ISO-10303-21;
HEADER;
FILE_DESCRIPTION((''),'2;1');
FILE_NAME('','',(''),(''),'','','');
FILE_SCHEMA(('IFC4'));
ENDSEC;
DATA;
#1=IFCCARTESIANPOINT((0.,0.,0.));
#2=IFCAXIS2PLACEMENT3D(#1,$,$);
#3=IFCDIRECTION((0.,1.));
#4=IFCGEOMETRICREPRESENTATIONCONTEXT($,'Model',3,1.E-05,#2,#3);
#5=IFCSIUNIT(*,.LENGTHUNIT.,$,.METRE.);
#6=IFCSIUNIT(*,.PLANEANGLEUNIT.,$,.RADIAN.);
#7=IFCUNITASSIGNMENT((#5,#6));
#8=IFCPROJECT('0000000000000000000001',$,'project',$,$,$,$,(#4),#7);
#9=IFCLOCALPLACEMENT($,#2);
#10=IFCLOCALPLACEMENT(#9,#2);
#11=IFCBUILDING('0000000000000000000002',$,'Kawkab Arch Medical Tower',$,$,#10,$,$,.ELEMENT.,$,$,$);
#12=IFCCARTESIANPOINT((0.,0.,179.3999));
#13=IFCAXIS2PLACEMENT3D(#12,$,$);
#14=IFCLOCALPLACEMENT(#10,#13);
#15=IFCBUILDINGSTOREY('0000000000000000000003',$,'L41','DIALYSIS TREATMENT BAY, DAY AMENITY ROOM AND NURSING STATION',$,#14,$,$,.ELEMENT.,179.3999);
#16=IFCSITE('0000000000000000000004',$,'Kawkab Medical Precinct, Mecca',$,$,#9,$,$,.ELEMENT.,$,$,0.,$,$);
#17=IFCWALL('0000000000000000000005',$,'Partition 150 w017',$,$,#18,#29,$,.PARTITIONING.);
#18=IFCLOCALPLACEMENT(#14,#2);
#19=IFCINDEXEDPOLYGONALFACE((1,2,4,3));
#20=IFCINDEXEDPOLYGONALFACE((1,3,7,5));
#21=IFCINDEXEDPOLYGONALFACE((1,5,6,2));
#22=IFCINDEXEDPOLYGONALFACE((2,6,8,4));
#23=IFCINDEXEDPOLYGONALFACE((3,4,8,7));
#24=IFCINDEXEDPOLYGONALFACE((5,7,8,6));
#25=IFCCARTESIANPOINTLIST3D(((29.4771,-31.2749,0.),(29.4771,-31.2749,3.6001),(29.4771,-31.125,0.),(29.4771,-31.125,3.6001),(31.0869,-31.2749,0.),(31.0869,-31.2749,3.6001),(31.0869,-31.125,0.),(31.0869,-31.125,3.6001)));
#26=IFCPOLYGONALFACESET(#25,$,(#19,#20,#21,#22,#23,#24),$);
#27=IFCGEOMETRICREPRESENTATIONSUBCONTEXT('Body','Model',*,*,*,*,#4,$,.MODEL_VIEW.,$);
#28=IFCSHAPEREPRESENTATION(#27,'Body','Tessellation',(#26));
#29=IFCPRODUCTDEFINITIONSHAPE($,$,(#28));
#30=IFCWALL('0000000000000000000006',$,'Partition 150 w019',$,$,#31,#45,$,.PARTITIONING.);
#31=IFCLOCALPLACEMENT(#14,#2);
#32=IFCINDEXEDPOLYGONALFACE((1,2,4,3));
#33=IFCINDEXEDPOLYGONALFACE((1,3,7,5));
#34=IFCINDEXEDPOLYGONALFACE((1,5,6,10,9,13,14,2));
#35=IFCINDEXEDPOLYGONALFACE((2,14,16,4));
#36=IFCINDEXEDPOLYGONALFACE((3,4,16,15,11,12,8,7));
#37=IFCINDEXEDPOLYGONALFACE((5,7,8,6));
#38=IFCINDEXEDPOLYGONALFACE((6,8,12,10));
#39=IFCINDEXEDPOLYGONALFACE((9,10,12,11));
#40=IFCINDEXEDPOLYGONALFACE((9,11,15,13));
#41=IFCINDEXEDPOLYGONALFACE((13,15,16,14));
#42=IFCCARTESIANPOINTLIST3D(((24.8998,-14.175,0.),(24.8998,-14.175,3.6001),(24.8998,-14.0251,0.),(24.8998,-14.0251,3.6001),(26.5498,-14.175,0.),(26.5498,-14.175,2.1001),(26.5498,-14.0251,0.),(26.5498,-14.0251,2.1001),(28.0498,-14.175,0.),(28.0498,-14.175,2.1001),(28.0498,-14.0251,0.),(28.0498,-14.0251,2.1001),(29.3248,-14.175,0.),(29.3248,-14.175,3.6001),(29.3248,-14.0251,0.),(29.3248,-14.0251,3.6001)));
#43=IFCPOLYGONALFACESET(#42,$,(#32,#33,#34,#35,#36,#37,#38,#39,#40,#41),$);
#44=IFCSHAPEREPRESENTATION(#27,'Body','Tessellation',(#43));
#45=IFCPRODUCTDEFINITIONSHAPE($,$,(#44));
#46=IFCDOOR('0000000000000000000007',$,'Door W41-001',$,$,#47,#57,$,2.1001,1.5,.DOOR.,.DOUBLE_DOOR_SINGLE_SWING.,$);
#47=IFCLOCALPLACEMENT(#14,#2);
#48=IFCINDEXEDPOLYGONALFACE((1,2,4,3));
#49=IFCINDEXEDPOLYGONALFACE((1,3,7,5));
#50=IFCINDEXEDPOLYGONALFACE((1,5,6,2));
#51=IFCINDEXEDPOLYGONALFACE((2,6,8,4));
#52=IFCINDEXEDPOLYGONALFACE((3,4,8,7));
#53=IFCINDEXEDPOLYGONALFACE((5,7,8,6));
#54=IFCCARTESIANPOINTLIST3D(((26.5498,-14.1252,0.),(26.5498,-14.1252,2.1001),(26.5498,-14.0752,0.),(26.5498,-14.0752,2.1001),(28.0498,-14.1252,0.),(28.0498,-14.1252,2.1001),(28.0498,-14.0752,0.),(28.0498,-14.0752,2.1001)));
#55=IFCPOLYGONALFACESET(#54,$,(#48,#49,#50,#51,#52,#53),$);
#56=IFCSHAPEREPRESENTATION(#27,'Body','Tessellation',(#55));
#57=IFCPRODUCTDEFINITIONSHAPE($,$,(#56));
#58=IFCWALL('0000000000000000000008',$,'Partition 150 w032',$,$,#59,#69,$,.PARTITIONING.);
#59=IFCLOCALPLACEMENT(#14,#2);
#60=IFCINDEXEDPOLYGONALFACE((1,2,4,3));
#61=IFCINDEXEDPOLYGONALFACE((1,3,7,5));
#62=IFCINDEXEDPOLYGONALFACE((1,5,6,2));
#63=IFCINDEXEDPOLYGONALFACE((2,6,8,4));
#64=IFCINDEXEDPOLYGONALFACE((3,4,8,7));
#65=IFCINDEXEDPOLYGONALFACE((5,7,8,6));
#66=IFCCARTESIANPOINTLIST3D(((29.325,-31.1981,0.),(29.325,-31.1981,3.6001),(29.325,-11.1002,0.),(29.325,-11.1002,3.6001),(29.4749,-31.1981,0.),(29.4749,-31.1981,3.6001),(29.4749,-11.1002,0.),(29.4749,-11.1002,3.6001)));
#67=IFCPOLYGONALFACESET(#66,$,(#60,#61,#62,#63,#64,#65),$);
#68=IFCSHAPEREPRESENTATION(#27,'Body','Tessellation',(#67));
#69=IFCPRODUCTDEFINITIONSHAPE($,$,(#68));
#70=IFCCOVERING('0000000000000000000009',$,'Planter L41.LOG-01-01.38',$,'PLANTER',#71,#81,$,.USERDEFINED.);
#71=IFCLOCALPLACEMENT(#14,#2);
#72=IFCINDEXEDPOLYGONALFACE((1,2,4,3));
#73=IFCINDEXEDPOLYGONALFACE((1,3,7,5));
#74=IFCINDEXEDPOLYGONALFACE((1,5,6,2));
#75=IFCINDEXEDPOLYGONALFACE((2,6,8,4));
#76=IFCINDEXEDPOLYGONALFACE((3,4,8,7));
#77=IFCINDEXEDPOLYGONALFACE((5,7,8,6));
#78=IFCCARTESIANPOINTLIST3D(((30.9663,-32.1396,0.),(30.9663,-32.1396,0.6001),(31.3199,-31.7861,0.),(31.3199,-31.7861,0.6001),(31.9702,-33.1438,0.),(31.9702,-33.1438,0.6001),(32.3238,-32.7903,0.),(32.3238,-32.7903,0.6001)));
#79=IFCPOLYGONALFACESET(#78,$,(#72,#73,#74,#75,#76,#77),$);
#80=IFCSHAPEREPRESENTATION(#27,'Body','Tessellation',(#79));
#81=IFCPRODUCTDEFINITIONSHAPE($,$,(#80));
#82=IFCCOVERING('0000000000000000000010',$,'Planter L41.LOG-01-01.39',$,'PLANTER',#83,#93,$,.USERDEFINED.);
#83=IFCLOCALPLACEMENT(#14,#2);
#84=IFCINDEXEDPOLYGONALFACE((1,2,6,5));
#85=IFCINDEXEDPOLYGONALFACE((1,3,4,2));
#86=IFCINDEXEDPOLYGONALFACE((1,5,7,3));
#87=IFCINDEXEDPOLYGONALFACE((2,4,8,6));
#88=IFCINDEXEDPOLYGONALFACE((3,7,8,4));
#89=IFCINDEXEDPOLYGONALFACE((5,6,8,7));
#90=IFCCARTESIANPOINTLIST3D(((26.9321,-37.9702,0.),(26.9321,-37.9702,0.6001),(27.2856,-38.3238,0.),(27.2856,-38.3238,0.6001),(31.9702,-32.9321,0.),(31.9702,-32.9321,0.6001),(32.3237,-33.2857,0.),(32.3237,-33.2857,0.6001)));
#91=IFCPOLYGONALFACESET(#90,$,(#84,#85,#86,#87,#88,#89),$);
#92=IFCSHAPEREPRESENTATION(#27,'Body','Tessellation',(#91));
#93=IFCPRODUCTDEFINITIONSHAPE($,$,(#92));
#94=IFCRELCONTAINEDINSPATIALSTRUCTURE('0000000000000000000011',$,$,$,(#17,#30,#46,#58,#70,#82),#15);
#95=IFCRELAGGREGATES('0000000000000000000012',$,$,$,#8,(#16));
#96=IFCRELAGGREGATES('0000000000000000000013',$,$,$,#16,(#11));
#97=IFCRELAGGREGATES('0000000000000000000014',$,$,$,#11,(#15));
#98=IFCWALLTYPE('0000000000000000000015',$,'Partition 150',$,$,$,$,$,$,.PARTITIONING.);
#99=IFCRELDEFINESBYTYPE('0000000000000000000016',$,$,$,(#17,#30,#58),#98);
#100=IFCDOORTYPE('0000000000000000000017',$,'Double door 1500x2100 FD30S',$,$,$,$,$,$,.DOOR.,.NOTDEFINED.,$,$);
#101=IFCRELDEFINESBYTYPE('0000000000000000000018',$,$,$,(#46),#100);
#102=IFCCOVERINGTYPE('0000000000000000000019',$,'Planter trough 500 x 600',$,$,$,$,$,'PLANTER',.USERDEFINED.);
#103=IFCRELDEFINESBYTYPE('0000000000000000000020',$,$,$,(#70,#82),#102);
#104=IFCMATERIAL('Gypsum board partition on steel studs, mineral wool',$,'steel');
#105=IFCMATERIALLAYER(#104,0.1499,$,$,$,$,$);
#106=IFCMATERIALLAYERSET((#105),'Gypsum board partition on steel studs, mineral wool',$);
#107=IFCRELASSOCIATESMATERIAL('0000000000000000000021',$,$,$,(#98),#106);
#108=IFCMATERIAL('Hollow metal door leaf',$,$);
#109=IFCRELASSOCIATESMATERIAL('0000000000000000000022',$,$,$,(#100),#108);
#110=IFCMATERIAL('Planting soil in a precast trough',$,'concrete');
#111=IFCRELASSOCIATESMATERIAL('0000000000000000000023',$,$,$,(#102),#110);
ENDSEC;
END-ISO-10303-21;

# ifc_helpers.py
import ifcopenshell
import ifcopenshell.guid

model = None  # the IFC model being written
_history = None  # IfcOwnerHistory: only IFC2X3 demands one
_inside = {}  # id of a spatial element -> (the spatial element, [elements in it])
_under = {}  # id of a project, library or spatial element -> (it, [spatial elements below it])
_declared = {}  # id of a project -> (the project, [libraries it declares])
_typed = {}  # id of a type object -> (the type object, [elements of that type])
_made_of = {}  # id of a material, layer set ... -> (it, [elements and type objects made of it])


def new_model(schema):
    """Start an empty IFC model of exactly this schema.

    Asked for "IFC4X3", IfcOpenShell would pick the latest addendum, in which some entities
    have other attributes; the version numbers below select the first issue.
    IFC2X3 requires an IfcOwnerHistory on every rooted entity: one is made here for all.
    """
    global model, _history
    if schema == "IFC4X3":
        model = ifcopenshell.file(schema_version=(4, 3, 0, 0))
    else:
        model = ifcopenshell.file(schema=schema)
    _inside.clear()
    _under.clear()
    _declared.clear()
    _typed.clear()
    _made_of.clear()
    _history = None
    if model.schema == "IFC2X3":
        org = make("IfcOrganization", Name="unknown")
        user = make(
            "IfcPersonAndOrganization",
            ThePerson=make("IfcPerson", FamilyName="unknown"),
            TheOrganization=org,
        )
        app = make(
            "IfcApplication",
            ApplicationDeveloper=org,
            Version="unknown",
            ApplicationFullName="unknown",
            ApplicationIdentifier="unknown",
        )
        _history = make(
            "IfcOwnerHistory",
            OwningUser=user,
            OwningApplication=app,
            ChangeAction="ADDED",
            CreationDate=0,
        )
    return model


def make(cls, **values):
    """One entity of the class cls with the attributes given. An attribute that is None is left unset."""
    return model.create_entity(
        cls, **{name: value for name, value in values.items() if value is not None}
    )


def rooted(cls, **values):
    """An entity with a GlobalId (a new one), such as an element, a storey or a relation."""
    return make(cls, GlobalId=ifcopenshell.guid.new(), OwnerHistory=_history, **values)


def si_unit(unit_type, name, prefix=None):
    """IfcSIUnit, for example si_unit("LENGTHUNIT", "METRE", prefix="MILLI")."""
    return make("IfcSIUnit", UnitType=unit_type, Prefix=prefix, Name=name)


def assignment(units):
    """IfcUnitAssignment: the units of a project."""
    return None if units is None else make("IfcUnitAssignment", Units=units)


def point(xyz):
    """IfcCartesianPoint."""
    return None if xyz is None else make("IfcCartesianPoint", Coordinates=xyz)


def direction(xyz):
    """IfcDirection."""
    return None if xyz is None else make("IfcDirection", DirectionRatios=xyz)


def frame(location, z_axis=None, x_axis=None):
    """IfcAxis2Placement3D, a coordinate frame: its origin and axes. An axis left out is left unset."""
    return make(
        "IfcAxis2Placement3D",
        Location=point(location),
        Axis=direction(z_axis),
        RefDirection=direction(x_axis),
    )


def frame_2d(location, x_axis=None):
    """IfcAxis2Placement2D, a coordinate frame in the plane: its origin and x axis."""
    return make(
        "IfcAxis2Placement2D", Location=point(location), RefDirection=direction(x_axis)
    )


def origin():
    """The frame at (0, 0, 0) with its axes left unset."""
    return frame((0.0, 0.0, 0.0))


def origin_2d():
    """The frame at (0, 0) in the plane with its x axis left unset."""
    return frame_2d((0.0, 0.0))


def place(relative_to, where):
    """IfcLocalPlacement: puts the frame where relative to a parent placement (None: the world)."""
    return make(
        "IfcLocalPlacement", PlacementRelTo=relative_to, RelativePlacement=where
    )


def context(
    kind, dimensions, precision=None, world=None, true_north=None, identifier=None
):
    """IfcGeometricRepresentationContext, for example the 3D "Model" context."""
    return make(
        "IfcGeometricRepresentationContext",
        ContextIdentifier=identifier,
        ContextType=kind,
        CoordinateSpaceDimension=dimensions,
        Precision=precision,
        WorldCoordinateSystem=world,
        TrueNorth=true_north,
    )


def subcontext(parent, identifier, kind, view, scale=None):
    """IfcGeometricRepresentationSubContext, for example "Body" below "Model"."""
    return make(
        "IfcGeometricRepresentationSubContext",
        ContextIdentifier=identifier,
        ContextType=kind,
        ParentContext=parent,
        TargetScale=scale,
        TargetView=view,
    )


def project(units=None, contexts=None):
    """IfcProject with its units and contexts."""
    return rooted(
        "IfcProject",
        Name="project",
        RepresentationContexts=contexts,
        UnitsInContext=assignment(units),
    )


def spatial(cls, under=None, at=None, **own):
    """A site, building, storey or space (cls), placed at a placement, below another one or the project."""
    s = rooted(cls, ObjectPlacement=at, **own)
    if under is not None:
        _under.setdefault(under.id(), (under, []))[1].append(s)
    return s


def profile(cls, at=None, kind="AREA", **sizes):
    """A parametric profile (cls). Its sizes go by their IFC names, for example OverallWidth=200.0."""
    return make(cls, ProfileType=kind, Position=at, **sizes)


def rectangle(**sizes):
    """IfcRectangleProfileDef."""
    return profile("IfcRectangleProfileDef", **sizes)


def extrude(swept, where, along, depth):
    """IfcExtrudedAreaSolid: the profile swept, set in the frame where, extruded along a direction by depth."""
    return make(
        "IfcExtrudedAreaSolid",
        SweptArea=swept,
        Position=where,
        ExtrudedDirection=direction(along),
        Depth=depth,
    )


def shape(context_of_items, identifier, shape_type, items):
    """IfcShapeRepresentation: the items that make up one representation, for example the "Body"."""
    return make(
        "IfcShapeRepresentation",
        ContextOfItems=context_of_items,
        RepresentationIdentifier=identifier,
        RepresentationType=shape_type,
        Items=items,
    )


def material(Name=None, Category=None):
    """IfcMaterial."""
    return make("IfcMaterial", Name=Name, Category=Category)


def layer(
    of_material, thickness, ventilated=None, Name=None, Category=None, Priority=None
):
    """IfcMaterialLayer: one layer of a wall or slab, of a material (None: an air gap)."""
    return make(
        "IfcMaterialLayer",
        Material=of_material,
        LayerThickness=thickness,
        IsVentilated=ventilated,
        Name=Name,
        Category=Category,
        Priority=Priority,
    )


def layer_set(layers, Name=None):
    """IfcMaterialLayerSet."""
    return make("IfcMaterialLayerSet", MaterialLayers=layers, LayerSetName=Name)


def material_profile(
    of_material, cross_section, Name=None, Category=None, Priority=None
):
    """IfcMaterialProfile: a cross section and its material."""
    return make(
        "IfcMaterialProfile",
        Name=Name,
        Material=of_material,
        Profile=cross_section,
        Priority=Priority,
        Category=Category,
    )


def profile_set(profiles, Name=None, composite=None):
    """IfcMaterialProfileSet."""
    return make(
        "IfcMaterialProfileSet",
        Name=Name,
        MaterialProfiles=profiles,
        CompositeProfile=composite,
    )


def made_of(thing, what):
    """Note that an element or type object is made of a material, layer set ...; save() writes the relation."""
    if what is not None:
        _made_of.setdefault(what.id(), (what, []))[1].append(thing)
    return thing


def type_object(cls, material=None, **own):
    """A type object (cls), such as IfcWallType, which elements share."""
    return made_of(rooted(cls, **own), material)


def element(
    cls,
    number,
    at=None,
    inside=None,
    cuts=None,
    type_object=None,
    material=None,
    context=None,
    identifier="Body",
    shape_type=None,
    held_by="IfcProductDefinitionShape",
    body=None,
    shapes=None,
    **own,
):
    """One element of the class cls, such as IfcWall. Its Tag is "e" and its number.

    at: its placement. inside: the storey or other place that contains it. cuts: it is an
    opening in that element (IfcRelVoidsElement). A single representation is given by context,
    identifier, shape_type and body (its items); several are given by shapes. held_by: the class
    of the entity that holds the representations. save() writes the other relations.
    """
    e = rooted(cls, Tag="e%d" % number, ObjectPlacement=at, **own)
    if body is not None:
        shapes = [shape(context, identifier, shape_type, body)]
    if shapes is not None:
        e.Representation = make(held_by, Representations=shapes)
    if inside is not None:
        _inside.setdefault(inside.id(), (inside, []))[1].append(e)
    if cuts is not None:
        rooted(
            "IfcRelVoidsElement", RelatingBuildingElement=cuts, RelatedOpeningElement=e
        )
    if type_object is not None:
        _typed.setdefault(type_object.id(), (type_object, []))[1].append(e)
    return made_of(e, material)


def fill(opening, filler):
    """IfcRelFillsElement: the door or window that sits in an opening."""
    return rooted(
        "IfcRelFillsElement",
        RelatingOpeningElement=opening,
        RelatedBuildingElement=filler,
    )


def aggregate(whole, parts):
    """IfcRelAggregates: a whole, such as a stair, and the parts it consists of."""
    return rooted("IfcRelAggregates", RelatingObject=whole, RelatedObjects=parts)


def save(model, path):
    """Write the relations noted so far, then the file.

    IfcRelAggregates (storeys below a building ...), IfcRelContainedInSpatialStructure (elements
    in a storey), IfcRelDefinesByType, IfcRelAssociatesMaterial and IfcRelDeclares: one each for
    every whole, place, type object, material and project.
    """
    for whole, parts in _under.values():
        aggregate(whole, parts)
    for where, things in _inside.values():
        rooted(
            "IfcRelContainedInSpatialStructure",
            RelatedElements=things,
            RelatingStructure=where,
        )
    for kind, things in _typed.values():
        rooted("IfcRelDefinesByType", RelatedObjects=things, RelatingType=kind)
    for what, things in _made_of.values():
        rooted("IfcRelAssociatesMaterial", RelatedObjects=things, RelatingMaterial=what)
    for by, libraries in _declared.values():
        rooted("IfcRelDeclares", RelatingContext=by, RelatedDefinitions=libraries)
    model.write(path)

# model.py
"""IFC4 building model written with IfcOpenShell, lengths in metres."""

from ifc_helpers import new_model, si_unit, direction, frame, frame_2d, origin, origin_2d, place, context, subcontext, project, spatial, rectangle, extrude, material, layer, layer_set, material_profile, profile_set, type_object, element, fill, save


model = new_model("IFC4")

# Units and contexts
model_context = context("Model", 3, precision=1e-05, world=origin(), true_north=direction((0.0, 1.0)))
body_context = subcontext(model_context, "Body", "Model", "MODEL_VIEW")
ifc_project = project(units=[si_unit("LENGTHUNIT", "METRE"), si_unit("PLANEANGLEUNIT", "RADIAN")], contexts=[model_context])

# Site, building, storey
site_placement = place(None, origin())
site = spatial("IfcSite", under=ifc_project, at=site_placement, Name="Kawkab Medical Precinct, Mecca", CompositionType="ELEMENT", RefElevation=0.0)
building_placement = place(site_placement, origin())
building = spatial("IfcBuilding", under=site, at=building_placement, Name="Kawkab Arch Medical Tower", CompositionType="ELEMENT")
storey_placement = place(building_placement, frame((0.0, 0.0, 179.3999)))
storey = spatial("IfcBuildingStorey", under=building, at=storey_placement, Name="L41", Description="DIALYSIS TREATMENT BAY, DAY AMENITY ROOM AND NURSING STATION", CompositionType="ELEMENT", Elevation=179.3999)

# Wall
ifc_material_1 = material(Name="Gypsum board partition on steel studs, mineral wool", Category="steel")
ifc_layer_1 = layer(ifc_material_1, 0.1499)
ifc_layer_set_1 = layer_set([ifc_layer_1], Name="Gypsum board partition on steel studs, mineral wool")
wall_type_1 = type_object("IfcWallType", Name="Partition 150", PredefinedType="PARTITIONING", material=ifc_layer_set_1)
wall_1_placement = place(storey_placement, frame((29.4771, -31.2, 0.0), z_axis=(0.0, 0.0, 1.0), x_axis=(1.0, 0.0, 0.0)))
element("IfcWall", 1, at=wall_1_placement, inside=storey, type_object=wall_type_1, Name="Partition 150 w017", PredefinedType="PARTITIONING", context=body_context, shape_type="SweptSolid", body=[
    extrude(rectangle(XDim=1.6099, YDim=0.1499, at=frame_2d((0.8049, 0.0))), origin(), (0.0, 0.0, 1.0), 3.6001),
])

# Wall, opening, door
wall_2_placement = place(storey_placement, frame((24.8999, -14.1001, 0.0), z_axis=(0.0, 0.0, 1.0), x_axis=(1.0, 0.0, 0.0)))
wall_2 = element("IfcWall", 2, at=wall_2_placement, inside=storey, type_object=wall_type_1, Name="Partition 150 w019", PredefinedType="PARTITIONING", context=body_context, shape_type="SweptSolid", body=[
    extrude(rectangle(XDim=4.425, YDim=0.1499, at=frame_2d((2.2124, 0.0))), origin(), (0.0, 0.0, 1.0), 3.6001),
])
opening_1_placement = place(wall_2_placement, frame((1.6499, 0.0, 0.0)))
opening_1 = element("IfcOpeningElement", 3, at=opening_1_placement, cuts=wall_2, PredefinedType="OPENING", context=body_context, shape_type="SweptSolid", body=[
    extrude(rectangle(XDim=1.5, YDim=2.1001, at=frame_2d((0.75, 1.05))), frame((0.0, 0.085, 0.0), z_axis=(0.0, -1.0, 0.0), x_axis=(1.0, 0.0, 0.0)), (0.0, 0.0, 1.0), 0.1699),
])
ifc_material_2 = material(Name="Hollow metal door leaf")
door_type_1 = type_object("IfcDoorType", Name="Double door 1500x2100 FD30S", OperationType="NOTDEFINED", PredefinedType="DOOR", material=ifc_material_2)
door_1_placement = place(opening_1_placement, origin())
door_1 = element("IfcDoor", 4, at=door_1_placement, inside=storey, type_object=door_type_1, Name="Door W41-001", OperationType="DOUBLE_DOOR_SINGLE_SWING", OverallHeight=2.1001, OverallWidth=1.5, PredefinedType="DOOR", context=body_context, shape_type="SweptSolid", body=[
    extrude(rectangle(XDim=1.5, YDim=2.1001, at=frame_2d((0.75, 1.05))), frame((0.0, 0.0249, 0.0), z_axis=(0.0, -1.0, 0.0), x_axis=(1.0, 0.0, 0.0)), (0.0, 0.0, 1.0), 0.05),
])
fill(opening_1, door_1)

# Wall
wall_3_placement = place(storey_placement, frame((29.3999, -31.198, 0.0), z_axis=(0.0, 0.0, 1.0), x_axis=(0.0, 1.0, 0.0)))
element("IfcWall", 5, at=wall_3_placement, inside=storey, type_object=wall_type_1, Name="Partition 150 w032", PredefinedType="PARTITIONING", context=body_context, shape_type="SweptSolid", body=[
    extrude(rectangle(XDim=20.0979, YDim=0.1499, at=frame_2d((10.0488, 0.0))), origin(), (0.0, 0.0, 1.0), 3.6001),
])

# Coverings
ifc_material_3 = material(Name="Planting soil in a precast trough", Category="concrete")
ifc_material_profile_1 = material_profile(ifc_material_3, rectangle(XDim=0.5, YDim=0.6001, at=origin_2d()), Name="Trough 500x600")
ifc_profile_set_1 = profile_set([ifc_material_profile_1], Name="Planting soil in a precast trough")
covering_type = type_object("IfcCoveringType", Name="Planter trough 500 x 600", ElementType="PLANTER", PredefinedType="USERDEFINED", material=ifc_profile_set_1)
covering_1_placement = place(storey_placement, frame((31.1431, -31.9629, 0.3), z_axis=(0.707021, -0.707193, 0.0), x_axis=(0.707193, 0.707021, 0.0)))
element("IfcCovering", 6, at=covering_1_placement, inside=storey, type_object=covering_type, Name="Planter L41.LOG-01-01.38", ObjectType="PLANTER", PredefinedType="USERDEFINED", context=body_context, shape_type="SweptSolid", body=[
    extrude(rectangle(XDim=0.5, YDim=0.6001, at=origin_2d()), origin(), (0.0, 0.0, 1.0), 1.4199),
])
covering_2_placement = place(storey_placement, frame((32.147, -33.1089, 0.3), z_axis=(-0.707107, -0.707107, 0.0), x_axis=(0.707107, -0.707107, 0.0)))
element("IfcCovering", 7, at=covering_2_placement, inside=storey, type_object=covering_type, Name="Planter L41.LOG-01-01.39", ObjectType="PLANTER", PredefinedType="USERDEFINED", context=body_context, shape_type="SweptSolid", body=[
    extrude(rectangle(XDim=0.5, YDim=0.6001, at=origin_2d()), origin(), (0.0, 0.0, 1.0), 7.125),
])

save(model, "model.ifc")
